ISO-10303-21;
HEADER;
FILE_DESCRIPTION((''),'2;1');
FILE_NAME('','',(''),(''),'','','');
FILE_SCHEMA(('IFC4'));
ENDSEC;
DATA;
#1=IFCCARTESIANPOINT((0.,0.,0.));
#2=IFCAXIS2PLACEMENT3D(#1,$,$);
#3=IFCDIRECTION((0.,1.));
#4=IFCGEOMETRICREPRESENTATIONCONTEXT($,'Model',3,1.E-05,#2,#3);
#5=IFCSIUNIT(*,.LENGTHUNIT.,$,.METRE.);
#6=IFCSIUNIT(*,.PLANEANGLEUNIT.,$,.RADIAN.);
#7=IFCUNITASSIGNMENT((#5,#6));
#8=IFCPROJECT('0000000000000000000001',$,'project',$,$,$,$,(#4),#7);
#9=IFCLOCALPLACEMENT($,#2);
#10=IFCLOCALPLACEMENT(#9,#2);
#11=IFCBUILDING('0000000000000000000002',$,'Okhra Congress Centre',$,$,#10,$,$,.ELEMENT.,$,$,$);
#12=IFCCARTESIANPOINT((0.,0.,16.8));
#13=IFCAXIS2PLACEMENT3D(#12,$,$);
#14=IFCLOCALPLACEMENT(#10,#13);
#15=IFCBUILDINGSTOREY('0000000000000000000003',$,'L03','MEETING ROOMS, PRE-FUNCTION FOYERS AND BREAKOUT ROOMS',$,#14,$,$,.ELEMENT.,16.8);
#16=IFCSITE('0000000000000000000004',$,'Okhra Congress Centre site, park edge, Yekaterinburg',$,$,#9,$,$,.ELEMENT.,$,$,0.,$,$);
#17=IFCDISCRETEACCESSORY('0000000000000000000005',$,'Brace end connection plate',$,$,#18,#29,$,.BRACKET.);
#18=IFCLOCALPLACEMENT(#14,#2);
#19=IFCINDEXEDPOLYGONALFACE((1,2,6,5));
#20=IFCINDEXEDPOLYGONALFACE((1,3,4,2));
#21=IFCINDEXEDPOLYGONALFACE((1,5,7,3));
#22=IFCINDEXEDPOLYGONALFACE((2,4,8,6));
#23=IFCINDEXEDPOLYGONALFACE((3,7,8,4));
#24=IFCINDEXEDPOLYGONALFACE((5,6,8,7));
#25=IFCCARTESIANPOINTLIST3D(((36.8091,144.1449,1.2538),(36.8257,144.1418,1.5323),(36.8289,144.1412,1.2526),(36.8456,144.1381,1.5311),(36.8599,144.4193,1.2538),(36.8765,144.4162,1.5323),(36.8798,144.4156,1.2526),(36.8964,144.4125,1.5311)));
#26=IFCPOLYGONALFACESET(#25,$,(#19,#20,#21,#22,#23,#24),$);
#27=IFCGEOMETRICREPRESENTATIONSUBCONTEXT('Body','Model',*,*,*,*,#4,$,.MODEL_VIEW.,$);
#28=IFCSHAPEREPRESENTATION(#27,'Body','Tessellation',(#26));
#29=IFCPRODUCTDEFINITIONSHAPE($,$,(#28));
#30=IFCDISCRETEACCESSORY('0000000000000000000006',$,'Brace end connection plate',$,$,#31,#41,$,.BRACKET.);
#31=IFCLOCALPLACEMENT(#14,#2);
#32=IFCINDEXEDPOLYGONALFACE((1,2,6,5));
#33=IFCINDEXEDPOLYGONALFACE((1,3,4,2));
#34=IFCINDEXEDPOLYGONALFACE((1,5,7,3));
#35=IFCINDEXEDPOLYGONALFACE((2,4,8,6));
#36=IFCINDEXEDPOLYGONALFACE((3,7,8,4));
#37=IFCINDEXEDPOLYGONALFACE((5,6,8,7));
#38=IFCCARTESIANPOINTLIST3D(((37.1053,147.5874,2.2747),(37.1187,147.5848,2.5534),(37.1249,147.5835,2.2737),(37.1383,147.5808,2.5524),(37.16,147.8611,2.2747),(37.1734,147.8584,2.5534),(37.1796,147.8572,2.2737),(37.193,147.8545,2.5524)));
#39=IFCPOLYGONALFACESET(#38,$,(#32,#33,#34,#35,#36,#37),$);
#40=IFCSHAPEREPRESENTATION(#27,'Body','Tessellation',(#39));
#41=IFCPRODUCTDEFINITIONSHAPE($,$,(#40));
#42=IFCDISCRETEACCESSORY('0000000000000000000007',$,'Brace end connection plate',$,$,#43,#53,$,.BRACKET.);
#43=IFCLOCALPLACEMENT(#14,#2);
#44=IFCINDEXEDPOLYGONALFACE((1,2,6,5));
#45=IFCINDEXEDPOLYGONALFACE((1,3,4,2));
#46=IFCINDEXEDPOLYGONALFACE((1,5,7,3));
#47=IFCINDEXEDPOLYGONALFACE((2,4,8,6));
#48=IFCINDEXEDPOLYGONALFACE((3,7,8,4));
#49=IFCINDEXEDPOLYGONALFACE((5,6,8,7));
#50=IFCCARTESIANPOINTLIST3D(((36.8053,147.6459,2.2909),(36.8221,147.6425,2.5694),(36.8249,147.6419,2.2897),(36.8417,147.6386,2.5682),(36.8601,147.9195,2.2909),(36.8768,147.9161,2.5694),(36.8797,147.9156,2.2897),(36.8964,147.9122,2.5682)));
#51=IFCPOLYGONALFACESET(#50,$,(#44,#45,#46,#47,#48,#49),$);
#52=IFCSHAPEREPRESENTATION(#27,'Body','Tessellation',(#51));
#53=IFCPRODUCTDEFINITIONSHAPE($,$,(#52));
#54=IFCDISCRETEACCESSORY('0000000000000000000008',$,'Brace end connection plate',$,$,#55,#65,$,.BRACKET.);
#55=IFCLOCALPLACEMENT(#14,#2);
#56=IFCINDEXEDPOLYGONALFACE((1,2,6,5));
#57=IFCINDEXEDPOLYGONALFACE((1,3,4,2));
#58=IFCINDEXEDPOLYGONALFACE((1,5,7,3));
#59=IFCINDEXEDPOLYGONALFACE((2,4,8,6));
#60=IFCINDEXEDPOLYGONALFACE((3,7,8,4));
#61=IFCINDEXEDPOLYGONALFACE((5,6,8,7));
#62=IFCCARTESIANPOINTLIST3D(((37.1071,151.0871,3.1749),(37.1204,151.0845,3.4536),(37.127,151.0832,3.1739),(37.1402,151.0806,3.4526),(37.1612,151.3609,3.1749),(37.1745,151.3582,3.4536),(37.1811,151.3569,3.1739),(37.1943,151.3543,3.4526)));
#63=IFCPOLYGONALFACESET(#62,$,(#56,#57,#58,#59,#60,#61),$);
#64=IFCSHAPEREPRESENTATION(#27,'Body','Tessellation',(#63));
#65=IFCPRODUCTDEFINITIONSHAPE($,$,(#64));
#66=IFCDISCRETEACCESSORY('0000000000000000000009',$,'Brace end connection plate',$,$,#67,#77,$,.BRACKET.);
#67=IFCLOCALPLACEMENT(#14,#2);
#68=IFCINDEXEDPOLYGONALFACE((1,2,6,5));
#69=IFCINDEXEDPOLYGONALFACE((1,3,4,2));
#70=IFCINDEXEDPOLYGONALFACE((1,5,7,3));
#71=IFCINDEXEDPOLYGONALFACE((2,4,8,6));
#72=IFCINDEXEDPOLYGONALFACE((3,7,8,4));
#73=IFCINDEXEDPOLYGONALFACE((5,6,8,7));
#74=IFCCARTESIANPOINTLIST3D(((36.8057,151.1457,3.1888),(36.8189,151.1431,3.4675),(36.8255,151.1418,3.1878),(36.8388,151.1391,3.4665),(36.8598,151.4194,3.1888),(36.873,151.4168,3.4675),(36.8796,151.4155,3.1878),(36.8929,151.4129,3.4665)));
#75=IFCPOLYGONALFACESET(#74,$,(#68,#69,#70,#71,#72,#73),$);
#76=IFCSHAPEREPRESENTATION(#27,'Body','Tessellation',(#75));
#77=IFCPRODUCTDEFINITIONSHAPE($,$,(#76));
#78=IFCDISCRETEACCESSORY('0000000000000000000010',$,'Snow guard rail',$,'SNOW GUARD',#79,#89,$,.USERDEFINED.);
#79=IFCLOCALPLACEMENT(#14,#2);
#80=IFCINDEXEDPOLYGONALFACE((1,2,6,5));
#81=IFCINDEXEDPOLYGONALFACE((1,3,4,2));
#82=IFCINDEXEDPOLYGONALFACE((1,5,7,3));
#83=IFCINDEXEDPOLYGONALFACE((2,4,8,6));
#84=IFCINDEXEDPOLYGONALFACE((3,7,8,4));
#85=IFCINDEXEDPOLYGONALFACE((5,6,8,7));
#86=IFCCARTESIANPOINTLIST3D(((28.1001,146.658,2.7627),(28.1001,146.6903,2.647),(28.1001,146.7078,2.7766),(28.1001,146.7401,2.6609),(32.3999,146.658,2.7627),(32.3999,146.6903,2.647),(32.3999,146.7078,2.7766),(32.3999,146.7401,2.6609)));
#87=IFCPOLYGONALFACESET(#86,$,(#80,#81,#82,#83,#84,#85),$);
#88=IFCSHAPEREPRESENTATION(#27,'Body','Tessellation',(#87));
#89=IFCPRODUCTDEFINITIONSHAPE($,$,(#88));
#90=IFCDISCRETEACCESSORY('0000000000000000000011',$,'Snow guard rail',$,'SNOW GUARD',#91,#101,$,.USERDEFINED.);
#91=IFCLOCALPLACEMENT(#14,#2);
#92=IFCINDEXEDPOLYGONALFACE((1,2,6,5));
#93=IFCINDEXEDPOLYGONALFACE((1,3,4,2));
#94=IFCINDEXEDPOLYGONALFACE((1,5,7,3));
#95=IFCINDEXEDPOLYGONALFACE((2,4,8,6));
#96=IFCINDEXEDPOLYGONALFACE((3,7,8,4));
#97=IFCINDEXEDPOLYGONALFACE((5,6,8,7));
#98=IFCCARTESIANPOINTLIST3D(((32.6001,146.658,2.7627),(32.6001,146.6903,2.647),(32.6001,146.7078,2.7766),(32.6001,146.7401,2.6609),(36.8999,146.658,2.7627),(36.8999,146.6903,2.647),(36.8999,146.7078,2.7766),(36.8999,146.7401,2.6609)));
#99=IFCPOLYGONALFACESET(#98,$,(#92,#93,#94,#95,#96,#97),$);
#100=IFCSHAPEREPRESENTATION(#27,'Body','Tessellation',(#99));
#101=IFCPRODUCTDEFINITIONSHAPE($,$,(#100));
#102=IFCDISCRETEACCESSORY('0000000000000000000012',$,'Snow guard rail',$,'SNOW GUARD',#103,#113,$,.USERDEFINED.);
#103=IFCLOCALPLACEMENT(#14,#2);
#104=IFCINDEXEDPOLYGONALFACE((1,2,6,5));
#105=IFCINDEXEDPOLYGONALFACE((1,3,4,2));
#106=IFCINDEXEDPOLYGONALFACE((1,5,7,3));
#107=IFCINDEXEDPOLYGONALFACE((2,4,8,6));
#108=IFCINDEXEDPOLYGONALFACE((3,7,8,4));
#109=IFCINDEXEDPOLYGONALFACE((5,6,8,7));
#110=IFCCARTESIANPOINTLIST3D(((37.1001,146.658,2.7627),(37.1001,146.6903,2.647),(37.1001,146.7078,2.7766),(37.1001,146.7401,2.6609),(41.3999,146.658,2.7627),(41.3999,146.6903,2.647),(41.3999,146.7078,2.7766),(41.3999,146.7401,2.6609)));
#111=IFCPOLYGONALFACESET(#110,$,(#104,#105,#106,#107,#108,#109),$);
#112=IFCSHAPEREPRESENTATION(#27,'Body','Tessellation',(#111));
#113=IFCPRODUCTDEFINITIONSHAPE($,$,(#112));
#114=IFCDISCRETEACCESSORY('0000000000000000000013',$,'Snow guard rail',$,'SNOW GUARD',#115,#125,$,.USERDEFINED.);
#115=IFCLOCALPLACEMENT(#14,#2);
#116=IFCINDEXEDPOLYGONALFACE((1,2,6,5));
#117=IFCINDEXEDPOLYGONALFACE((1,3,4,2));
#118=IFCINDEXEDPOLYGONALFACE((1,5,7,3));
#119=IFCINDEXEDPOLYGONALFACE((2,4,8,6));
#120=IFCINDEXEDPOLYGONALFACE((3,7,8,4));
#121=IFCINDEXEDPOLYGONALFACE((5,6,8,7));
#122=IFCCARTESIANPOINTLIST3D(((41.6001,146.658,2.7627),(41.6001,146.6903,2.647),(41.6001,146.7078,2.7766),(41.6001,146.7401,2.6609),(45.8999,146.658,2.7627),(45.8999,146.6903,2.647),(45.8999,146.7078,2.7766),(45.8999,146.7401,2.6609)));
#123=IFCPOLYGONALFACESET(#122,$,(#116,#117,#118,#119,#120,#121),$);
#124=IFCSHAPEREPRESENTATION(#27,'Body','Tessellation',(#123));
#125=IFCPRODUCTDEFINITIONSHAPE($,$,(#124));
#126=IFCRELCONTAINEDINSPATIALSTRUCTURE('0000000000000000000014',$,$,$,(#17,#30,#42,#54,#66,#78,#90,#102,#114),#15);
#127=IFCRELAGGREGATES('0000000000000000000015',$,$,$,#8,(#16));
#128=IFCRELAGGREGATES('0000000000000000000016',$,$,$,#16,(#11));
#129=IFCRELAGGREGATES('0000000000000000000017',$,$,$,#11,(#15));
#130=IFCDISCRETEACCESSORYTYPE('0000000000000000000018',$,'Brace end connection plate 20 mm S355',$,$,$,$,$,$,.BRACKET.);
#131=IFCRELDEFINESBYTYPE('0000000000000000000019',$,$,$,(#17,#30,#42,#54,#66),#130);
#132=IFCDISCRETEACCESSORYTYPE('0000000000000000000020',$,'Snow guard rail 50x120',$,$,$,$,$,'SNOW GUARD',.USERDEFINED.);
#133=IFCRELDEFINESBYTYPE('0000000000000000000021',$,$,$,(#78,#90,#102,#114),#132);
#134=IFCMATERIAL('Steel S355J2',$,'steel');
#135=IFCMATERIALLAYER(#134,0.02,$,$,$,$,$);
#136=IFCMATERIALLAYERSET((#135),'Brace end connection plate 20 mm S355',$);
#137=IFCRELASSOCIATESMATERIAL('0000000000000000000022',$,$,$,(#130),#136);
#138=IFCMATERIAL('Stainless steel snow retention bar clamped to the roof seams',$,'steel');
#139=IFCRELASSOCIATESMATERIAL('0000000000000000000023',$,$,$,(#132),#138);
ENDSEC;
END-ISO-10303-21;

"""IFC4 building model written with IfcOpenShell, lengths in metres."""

from ifc_helpers import new_model, si_unit, direction, frame, origin, origin_2d, place, context, subcontext, project, spatial, polyline, rectangle, outline, extrude, material, layer, layer_set, type_object, element, save


model = new_model("IFC4")

# Units and contexts
model_context = context("Model", 3, precision=1e-05, world=origin(), true_north=direction((0.0, 1.0)))
body_context = subcontext(model_context, "Body", "Model", "MODEL_VIEW")
ifc_project = project(units=[si_unit("LENGTHUNIT", "METRE"), si_unit("PLANEANGLEUNIT", "RADIAN")], contexts=[model_context])

# Site, building, storey
site_placement = place(None, origin())
site = spatial("IfcSite", under=ifc_project, at=site_placement, Name="Okhra Congress Centre site, park edge, Yekaterinburg", CompositionType="ELEMENT", RefElevation=0.0)
building_placement = place(site_placement, origin())
building = spatial("IfcBuilding", under=site, at=building_placement, Name="Okhra Congress Centre", CompositionType="ELEMENT")
storey_placement = place(building_placement, frame((0.0, 0.0, 16.8)))
storey = spatial("IfcBuildingStorey", under=building, at=storey_placement, Name="L03", Description="MEETING ROOMS, PRE-FUNCTION FOYERS AND BREAKOUT ROOMS", CompositionType="ELEMENT", Elevation=16.8)

# Shared definitions
ifc_material_1 = material(Name="Steel S355J2", Category="steel")

# Discrete accessories
ifc_layer_1 = layer(ifc_material_1, 0.02)
ifc_layer_set_1 = layer_set([ifc_layer_1], Name="Brace end connection plate 20 mm S355")
discrete_accessory_type_1 = type_object("IfcDiscreteAccessoryType", Name="Brace end connection plate 20 mm S355", PredefinedType="BRACKET", material=ifc_layer_set_1)
for number, where, z_axis, x_axis, name in (
    (1, (36.8428, 144.2805, 1.3931), (0.981476, -0.181755, -0.060585), (0.182089, 0.983282, 0.0), "Brace end connection plate"),
):
    element("IfcDiscreteAccessory", number, at=place(storey_placement, frame(where, z_axis=z_axis, x_axis=x_axis)), inside=storey, type_object=discrete_accessory_type_1, Name=name, PredefinedType="BRACKET", context=body_context, shape_type="SweptSolid", body=[
        extrude(rectangle(XDim=0.2791, YDim=0.2791, at=origin_2d()), origin(), (0.0, 0.0, 1.0), 0.0203),
    ])
for number, where, z_axis, x_axis, name in (
    (2, (37.1589, 147.719, 2.4131), (-0.979404, 0.195881, 0.04897), (-0.196116, -0.980581, 0.0), "Brace end connection plate"),
    (3, (36.8411, 147.781, 2.4302), (0.978744, -0.195749, -0.061172), (0.196116, 0.980581, 0.0), "Brace end connection plate"),
):
    element("IfcDiscreteAccessory", number, at=place(storey_placement, frame(where, z_axis=z_axis, x_axis=x_axis)), inside=storey, type_object=discrete_accessory_type_1, Name=name, PredefinedType="BRACKET", context=body_context, shape_type="SweptSolid", body=[
        extrude(rectangle(XDim=0.2791, YDim=0.2791, at=origin_2d()), origin(), (0.0, 0.0, 1.0), 0.02),
    ])
for number, where, z_axis, x_axis, name in (
    (4, (37.1606, 151.2188, 3.3132), (-0.979894, 0.193559, 0.04839), (-0.193786, -0.981044, 0.0), "Brace end connection plate"),
    (5, (36.8394, 151.2812, 3.3281), (0.979894, -0.193559, -0.04839), (0.193786, 0.981044, 0.0), "Brace end connection plate"),
):
    element("IfcDiscreteAccessory", number, at=place(storey_placement, frame(where, z_axis=z_axis, x_axis=x_axis)), inside=storey, type_object=discrete_accessory_type_1, Name=name, PredefinedType="BRACKET", context=body_context, shape_type="SweptSolid", body=[
        extrude(rectangle(XDim=0.2791, YDim=0.2791, at=origin_2d()), origin(), (0.0, 0.0, 1.0), 0.0203),
    ])
ifc_material_2 = material(Name="Stainless steel snow retention bar clamped to the roof seams", Category="steel")
discrete_accessory_type_2 = type_object("IfcDiscreteAccessoryType", Name="Snow guard rail 50x120", ElementType="SNOW GUARD", PredefinedType="USERDEFINED", material=ifc_material_2)
for number, where, z_axis, x_axis, name in (
    (6, (28.1001, 146.658, 2.7627), (0.0, -0.269105, 0.963111), (1.0, 0.0, 0.0), "Snow guard rail"),
    (7, (32.6001, 146.658, 2.7627), (0.0, -0.269105, 0.963111), (1.0, 0.0, 0.0), "Snow guard rail"),
    (8, (37.1001, 146.658, 2.7627), (0.0, -0.269105, 0.963111), (1.0, 0.0, 0.0), "Snow guard rail"),
    (9, (41.6001, 146.658, 2.7627), (0.0, -0.269105, 0.963111), (1.0, 0.0, 0.0), "Snow guard rail"),
):
    element("IfcDiscreteAccessory", number, at=place(storey_placement, frame(where, z_axis=z_axis, x_axis=x_axis)), inside=storey, type_object=discrete_accessory_type_2, Name=name, ObjectType="SNOW GUARD", PredefinedType="USERDEFINED", context=body_context, shape_type="SweptSolid", body=[
        extrude(outline(polyline([(0.0, 0.0), (4.2998, 0.0), (4.2998, 0.0517), (0.0, 0.0517), (0.0, 0.0)])), origin(), (0.0, 0.0, -1.0), 0.1201),
    ])

save(model, "model.ifc")
